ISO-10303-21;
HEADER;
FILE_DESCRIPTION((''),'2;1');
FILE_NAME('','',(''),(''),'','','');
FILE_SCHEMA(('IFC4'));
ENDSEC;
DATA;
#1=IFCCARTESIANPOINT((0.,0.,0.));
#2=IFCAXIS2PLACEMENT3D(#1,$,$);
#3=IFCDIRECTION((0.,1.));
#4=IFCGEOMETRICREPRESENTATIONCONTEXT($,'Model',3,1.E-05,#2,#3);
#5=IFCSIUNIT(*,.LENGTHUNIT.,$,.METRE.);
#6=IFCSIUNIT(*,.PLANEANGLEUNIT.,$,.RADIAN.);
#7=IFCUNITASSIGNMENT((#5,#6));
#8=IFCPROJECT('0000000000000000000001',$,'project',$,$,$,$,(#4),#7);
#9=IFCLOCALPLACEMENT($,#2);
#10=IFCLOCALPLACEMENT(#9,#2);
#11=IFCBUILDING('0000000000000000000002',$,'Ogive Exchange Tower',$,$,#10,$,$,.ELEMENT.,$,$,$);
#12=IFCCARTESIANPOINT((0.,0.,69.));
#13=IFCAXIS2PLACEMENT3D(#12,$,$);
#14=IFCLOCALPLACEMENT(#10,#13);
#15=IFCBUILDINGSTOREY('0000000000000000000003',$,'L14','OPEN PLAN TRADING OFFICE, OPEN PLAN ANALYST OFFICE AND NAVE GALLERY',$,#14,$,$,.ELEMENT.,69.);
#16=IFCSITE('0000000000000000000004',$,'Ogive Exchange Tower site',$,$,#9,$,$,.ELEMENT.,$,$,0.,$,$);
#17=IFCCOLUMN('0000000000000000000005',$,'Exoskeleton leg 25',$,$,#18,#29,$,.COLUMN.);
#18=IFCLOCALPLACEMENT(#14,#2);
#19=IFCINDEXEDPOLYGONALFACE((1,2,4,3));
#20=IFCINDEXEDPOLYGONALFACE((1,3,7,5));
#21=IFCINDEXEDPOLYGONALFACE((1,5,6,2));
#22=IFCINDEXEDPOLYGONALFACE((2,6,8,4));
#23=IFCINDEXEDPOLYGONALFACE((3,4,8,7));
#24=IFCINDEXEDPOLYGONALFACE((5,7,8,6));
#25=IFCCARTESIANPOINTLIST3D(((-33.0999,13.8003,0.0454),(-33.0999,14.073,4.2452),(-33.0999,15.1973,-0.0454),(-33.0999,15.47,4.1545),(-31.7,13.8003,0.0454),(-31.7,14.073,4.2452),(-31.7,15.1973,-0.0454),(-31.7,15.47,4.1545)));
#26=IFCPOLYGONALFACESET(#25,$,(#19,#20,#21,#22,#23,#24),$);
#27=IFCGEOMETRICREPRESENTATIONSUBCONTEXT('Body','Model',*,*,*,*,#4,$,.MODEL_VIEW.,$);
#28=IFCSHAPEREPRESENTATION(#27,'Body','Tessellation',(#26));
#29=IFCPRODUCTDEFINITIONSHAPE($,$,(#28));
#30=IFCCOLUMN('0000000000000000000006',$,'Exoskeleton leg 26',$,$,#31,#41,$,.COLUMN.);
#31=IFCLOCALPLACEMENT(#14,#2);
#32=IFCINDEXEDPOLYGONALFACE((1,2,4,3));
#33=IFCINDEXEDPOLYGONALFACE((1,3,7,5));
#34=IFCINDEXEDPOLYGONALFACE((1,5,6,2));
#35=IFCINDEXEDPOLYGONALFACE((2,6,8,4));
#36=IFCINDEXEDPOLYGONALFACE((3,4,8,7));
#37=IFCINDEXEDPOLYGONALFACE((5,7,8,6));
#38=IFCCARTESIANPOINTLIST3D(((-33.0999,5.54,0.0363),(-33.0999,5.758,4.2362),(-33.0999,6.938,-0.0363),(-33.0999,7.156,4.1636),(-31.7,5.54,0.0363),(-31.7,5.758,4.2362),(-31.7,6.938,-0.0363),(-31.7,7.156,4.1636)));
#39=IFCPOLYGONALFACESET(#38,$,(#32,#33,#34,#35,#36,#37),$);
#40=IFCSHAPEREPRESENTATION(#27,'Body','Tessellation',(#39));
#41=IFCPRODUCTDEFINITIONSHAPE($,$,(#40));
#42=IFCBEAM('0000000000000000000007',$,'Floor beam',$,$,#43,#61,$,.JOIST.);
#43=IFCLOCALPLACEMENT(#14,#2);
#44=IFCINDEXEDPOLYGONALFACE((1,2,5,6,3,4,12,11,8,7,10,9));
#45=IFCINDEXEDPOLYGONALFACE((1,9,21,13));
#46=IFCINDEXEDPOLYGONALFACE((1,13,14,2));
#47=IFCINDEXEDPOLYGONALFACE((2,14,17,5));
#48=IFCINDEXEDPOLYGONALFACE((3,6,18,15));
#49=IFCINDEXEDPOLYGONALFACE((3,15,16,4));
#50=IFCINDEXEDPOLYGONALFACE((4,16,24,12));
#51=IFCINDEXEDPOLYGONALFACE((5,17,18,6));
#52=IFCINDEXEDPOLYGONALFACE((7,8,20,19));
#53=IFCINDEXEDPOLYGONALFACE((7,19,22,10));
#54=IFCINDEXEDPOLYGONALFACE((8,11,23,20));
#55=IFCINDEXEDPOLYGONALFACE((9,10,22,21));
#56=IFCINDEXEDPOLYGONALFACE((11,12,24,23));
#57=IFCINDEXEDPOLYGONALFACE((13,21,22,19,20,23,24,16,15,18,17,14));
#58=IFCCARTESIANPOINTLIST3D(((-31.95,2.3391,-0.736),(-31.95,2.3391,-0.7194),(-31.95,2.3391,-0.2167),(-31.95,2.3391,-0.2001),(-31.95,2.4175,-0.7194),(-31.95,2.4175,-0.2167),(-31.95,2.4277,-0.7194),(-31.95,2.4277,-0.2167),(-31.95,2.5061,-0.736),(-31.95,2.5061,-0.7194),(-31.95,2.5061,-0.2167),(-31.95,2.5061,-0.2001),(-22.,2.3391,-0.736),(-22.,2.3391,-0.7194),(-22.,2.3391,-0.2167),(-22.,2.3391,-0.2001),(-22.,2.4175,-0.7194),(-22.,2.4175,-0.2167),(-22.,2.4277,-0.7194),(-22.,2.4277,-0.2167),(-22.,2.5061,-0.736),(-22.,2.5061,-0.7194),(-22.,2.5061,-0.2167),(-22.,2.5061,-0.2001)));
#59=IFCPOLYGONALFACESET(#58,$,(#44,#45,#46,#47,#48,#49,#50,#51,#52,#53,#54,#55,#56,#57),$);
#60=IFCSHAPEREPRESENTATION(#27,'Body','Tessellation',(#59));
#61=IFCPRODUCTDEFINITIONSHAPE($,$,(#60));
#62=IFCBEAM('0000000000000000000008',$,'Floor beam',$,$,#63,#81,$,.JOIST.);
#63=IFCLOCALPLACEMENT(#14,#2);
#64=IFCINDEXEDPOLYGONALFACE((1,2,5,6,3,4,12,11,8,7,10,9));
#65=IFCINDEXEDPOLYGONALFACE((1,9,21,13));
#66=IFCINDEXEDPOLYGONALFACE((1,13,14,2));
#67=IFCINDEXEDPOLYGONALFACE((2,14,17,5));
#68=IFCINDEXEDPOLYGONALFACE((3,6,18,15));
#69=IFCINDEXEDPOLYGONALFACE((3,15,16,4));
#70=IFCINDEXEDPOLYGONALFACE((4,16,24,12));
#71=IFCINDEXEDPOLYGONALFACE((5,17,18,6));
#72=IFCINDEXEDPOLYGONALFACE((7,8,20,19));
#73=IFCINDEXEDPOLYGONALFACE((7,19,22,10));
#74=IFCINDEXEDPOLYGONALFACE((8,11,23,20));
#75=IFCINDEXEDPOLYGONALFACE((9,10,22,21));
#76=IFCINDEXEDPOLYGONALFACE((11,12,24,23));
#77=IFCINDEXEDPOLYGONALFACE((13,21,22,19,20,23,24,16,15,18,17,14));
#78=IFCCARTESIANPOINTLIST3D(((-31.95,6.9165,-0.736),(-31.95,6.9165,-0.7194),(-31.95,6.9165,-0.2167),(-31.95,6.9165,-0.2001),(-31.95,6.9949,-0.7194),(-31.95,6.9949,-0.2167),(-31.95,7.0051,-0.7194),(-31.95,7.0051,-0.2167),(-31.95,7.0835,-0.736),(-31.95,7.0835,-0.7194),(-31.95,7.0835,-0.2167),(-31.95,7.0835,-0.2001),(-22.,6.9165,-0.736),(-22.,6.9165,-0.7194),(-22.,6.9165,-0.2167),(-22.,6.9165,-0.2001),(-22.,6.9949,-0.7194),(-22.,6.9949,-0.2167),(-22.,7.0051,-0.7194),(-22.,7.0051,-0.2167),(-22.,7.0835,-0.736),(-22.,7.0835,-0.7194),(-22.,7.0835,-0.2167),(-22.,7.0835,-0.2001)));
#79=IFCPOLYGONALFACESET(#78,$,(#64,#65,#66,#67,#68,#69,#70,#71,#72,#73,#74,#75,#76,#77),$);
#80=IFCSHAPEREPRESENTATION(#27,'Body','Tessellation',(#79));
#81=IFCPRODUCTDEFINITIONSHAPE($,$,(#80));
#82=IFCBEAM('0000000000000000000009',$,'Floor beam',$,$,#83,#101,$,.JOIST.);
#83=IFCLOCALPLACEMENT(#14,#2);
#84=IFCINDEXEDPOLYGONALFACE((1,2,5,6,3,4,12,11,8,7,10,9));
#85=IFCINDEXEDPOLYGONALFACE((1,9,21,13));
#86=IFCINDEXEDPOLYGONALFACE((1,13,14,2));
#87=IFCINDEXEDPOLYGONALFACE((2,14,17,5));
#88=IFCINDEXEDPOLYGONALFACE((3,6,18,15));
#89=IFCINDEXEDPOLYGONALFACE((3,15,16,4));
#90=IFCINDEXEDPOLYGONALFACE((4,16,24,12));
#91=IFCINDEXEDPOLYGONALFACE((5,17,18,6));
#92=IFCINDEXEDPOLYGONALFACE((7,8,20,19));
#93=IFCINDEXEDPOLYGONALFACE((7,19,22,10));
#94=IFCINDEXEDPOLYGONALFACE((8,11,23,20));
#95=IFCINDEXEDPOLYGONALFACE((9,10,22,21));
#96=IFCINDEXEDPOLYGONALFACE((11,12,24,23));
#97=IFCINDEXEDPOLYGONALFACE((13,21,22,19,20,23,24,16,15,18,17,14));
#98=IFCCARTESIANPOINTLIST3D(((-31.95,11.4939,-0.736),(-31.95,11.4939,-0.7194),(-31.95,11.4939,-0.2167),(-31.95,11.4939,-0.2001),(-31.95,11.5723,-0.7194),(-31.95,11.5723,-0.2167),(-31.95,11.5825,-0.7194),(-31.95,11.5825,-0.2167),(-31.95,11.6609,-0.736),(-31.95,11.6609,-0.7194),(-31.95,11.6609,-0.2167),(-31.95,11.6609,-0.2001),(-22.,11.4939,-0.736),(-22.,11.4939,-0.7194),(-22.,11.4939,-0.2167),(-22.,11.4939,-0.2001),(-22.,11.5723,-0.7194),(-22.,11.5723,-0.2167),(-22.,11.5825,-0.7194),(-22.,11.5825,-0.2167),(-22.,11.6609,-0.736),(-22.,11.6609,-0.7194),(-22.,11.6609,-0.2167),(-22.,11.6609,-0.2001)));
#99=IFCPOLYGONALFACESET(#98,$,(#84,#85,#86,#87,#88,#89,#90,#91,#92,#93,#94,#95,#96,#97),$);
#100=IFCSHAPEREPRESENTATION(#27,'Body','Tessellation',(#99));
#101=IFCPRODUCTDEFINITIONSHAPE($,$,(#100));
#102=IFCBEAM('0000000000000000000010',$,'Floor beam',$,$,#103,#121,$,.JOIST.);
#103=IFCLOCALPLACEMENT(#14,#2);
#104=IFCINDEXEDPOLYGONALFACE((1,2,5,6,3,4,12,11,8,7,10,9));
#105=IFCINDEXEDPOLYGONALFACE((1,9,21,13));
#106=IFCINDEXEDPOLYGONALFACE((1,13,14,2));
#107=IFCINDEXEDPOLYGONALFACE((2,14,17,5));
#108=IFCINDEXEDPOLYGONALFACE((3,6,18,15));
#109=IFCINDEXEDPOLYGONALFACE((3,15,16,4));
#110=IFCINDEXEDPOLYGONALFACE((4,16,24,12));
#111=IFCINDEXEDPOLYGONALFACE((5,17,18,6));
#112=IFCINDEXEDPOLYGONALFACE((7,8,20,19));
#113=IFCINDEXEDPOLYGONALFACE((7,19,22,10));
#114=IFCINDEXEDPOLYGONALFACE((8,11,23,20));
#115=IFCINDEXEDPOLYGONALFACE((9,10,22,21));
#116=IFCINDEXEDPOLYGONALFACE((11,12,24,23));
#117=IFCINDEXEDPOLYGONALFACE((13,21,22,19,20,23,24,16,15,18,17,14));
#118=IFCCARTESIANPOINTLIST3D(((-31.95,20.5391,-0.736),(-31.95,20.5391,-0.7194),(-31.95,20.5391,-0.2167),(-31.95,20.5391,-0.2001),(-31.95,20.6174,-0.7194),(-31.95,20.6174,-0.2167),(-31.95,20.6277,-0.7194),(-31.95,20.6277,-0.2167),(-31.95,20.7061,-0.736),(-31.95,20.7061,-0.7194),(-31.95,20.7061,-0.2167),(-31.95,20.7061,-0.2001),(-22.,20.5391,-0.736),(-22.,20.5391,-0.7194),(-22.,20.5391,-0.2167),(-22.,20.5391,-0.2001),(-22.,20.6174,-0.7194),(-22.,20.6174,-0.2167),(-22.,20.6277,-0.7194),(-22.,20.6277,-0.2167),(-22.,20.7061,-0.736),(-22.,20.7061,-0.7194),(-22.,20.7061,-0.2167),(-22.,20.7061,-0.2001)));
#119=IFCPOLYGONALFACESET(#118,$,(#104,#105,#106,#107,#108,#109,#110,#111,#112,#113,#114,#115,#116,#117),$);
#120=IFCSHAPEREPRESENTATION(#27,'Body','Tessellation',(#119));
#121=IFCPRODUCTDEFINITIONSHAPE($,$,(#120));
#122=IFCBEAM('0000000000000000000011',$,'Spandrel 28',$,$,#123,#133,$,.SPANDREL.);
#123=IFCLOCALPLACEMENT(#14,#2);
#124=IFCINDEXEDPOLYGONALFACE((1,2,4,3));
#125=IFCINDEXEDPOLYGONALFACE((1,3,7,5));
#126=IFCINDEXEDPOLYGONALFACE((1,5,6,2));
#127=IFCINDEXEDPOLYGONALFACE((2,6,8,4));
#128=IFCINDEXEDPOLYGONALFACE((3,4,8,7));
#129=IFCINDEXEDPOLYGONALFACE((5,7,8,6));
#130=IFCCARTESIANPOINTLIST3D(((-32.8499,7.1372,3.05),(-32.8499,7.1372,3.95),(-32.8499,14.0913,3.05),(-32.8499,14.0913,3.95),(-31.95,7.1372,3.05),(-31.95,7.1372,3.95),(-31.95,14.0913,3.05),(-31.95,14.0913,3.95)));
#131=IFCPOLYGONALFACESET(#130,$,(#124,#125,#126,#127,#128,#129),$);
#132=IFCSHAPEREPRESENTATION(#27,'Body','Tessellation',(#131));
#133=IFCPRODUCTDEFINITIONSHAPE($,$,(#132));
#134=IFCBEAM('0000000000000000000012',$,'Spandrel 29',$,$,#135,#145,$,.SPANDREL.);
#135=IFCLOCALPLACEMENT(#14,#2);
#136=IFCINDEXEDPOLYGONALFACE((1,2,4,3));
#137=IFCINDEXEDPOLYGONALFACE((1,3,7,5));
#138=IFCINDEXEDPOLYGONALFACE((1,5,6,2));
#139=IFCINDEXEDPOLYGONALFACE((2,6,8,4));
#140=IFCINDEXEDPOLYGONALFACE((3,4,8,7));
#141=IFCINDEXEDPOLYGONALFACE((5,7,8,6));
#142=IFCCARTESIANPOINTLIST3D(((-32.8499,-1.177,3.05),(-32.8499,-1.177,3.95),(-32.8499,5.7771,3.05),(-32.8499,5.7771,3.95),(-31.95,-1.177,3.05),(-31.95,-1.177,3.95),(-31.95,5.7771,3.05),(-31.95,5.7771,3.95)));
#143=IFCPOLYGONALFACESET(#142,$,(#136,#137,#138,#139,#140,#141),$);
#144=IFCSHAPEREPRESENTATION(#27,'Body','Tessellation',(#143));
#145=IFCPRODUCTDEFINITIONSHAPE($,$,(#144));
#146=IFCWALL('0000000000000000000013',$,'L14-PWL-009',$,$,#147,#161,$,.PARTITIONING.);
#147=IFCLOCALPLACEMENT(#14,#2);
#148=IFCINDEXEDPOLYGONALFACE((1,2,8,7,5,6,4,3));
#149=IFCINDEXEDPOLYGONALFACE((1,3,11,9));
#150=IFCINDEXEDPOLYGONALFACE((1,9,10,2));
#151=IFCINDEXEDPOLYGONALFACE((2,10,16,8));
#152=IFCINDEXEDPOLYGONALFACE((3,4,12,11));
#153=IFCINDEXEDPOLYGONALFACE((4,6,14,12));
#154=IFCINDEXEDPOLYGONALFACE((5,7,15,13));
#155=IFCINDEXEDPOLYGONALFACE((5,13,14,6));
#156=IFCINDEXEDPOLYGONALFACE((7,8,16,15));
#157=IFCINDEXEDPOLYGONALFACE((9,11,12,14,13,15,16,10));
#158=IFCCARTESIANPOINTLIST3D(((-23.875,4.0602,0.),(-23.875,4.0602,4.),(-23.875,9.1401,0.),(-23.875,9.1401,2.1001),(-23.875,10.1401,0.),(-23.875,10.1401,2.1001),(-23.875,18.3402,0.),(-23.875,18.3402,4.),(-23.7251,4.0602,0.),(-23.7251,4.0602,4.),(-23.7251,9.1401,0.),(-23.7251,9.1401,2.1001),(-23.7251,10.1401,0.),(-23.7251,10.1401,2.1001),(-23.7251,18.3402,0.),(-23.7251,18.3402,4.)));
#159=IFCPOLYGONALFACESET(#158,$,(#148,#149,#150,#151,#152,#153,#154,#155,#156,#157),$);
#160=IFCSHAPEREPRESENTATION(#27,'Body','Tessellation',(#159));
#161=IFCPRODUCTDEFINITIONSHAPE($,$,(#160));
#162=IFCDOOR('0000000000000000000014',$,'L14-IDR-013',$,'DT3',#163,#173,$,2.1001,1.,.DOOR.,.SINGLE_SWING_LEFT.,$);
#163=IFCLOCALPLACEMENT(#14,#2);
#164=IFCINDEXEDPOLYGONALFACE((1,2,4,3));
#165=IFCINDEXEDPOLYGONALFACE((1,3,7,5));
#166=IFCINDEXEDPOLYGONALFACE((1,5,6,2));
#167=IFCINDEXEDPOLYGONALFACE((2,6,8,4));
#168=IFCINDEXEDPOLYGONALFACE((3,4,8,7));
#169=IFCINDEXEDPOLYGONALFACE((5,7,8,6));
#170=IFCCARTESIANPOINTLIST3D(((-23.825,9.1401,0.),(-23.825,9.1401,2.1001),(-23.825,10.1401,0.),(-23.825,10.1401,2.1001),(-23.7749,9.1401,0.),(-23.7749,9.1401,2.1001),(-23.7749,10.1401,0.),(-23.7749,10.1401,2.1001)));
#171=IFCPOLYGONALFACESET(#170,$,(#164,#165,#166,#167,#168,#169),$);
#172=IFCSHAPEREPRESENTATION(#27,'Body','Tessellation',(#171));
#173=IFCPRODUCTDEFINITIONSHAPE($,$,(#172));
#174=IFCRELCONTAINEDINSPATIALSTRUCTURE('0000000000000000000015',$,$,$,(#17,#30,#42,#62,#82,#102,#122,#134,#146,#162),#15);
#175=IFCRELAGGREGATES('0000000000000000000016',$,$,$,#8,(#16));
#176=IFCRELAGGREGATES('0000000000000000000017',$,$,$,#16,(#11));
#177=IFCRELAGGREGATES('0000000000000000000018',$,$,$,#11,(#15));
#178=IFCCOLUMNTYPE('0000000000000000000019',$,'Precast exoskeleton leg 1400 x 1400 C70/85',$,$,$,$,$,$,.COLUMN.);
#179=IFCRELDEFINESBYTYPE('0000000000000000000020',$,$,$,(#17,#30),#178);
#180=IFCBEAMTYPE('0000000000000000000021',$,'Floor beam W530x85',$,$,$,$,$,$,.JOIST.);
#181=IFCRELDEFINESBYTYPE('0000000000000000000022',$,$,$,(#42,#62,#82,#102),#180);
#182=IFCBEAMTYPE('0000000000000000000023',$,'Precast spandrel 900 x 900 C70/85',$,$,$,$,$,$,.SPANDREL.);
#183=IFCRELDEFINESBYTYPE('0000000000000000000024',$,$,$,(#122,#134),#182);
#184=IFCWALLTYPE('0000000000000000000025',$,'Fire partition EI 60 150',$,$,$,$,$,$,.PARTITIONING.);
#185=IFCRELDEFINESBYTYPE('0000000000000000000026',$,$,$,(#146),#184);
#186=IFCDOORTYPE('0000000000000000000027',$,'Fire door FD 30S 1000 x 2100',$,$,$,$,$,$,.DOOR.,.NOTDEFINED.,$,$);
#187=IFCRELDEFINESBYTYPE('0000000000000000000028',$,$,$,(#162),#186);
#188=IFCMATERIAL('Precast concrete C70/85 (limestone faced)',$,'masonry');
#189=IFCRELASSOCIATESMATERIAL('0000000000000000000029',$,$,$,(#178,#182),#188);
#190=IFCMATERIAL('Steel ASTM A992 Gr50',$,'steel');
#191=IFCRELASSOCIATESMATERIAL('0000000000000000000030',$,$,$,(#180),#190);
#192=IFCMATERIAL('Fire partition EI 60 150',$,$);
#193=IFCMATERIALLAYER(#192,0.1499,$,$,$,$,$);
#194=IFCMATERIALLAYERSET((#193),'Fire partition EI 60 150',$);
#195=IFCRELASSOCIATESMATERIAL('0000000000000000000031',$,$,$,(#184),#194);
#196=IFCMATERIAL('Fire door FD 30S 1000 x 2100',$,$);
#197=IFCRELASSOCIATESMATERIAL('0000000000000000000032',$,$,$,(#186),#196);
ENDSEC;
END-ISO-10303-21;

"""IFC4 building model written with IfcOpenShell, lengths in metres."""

from ifc_helpers import new_model, si_unit, direction, frame, frame_2d, origin, origin_2d, place, context, subcontext, project, spatial, rectangle, i_section, extrude, material, layer, layer_set, material_profile, profile_set, type_object, element, fill, save


model = new_model("IFC4")

# Units and contexts
model_context = context("Model", 3, precision=1e-05, world=origin(), true_north=direction((0.0, 1.0)))
body_context = subcontext(model_context, "Body", "Model", "MODEL_VIEW")
ifc_project = project(units=[si_unit("LENGTHUNIT", "METRE"), si_unit("PLANEANGLEUNIT", "RADIAN")], contexts=[model_context])

# Site, building, storey
site_placement = place(None, origin())
site = spatial("IfcSite", under=ifc_project, at=site_placement, Name="Ogive Exchange Tower site", CompositionType="ELEMENT", RefElevation=0.0)
building_placement = place(site_placement, origin())
building = spatial("IfcBuilding", under=site, at=building_placement, Name="Ogive Exchange Tower", CompositionType="ELEMENT")
storey_placement = place(building_placement, frame((0.0, 0.0, 69.0)))
storey = spatial("IfcBuildingStorey", under=building, at=storey_placement, Name="L14", Description="OPEN PLAN TRADING OFFICE, OPEN PLAN ANALYST OFFICE AND NAVE GALLERY", CompositionType="ELEMENT", Elevation=69.0)

# Columns
ifc_material_1 = material(Name="Precast concrete C70/85 (limestone faced)", Category="masonry")
ifc_material_profile_1 = material_profile(ifc_material_1, rectangle(XDim=1.3999, YDim=1.3999, at=origin_2d()), Name="1400 x 1400")
ifc_profile_set_1 = profile_set([ifc_material_profile_1], Name="Precast concrete C70/85 (limestone faced)")
column_type = type_object("IfcColumnType", Name="Precast exoskeleton leg 1400 x 1400 C70/85", PredefinedType="COLUMN", material=ifc_profile_set_1)
column_1_placement = place(storey_placement, frame((-32.3999, 14.4988, 0.0), z_axis=(0.0, 0.064794, 0.997899), x_axis=(-1.0, 0.0, 0.0)))
element("IfcColumn", 1, at=column_1_placement, inside=storey, type_object=column_type, Name="Exoskeleton leg 25", PredefinedType="COLUMN", context=body_context, shape_type="SweptSolid", body=[
    extrude(rectangle(XDim=1.3999, YDim=1.3999, at=origin_2d()), origin(), (0.0, 0.0, 1.0), 4.2087),
])
column_2_placement = place(storey_placement, frame((-32.3999, 6.239, 0.0), z_axis=(0.0, 0.05184, 0.998655), x_axis=(-1.0, 0.0, 0.0)))
element("IfcColumn", 2, at=column_2_placement, inside=storey, type_object=column_type, Name="Exoskeleton leg 26", PredefinedType="COLUMN", context=body_context, shape_type="SweptSolid", body=[
    extrude(rectangle(XDim=1.3999, YDim=1.3999, at=origin_2d()), origin(), (0.0, 0.0, 1.0), 4.2056),
])

# Beams
ifc_material_2 = material(Name="Steel ASTM A992 Gr50", Category="steel")
ifc_material_profile_2 = material_profile(ifc_material_2, i_section(OverallWidth=0.167, OverallDepth=0.5359, WebThickness=0.0103, FlangeThickness=0.0166, at=origin_2d()), Name="W530x85")
ifc_profile_set_2 = profile_set([ifc_material_profile_2], Name="Steel ASTM A992 Gr50")
beam_type_1 = type_object("IfcBeamType", Name="Floor beam W530x85", PredefinedType="JOIST", material=ifc_profile_set_2)
for number, where, z_axis, x_axis, name in (
    (3, (-31.95, 2.4226, -0.468), (1.0, 0.0, 0.0), (0.0, 1.0, 0.0), "Floor beam"),
    (4, (-31.95, 7.0, -0.468), (1.0, 0.0, 0.0), (0.0, 1.0, 0.0), "Floor beam"),
    (5, (-31.95, 11.5774, -0.468), (1.0, 0.0, 0.0), (0.0, 1.0, 0.0), "Floor beam"),
    (6, (-31.95, 20.6226, -0.468), (1.0, 0.0, 0.0), (0.0, 1.0, 0.0), "Floor beam"),
):
    element("IfcBeam", number, at=place(storey_placement, frame(where, z_axis=z_axis, x_axis=x_axis)), inside=storey, type_object=beam_type_1, Name=name, PredefinedType="JOIST", context=body_context, shape_type="SweptSolid", body=[
        extrude(i_section(OverallWidth=0.167, OverallDepth=0.5359, WebThickness=0.0103, FlangeThickness=0.0166, at=origin_2d()), origin(), (0.0, 0.0, 1.0), 9.95),
    ])
ifc_material_profile_3 = material_profile(ifc_material_1, rectangle(XDim=0.8999, YDim=0.8999, at=origin_2d()), Name="900 x 900")
ifc_profile_set_3 = profile_set([ifc_material_profile_3], Name="Precast concrete C70/85 (limestone faced)")
beam_type_2 = type_object("IfcBeamType", Name="Precast spandrel 900 x 900 C70/85", PredefinedType="SPANDREL", material=ifc_profile_set_3)
for number, where, z_axis, x_axis, name in (
    (7, (-32.3999, 14.0913, 3.5), (0.0, -1.0, 0.0), (1.0, 0.0, 0.0), "Spandrel 28"),
    (8, (-32.3999, 5.7771, 3.5), (0.0, -1.0, 0.0), (1.0, 0.0, 0.0), "Spandrel 29"),
):
    element("IfcBeam", number, at=place(storey_placement, frame(where, z_axis=z_axis, x_axis=x_axis)), inside=storey, type_object=beam_type_2, Name=name, PredefinedType="SPANDREL", context=body_context, shape_type="SweptSolid", body=[
        extrude(rectangle(XDim=0.8999, YDim=0.8999, at=origin_2d()), origin(), (0.0, 0.0, 1.0), 6.9541),
    ])

# Wall, opening, door
ifc_material_3 = material(Name="Fire partition EI 60 150")
ifc_layer_1 = layer(ifc_material_3, 0.1499)
ifc_layer_set_1 = layer_set([ifc_layer_1], Name="Fire partition EI 60 150")
wall_type_1 = type_object("IfcWallType", Name="Fire partition EI 60 150", PredefinedType="PARTITIONING", material=ifc_layer_set_1)
wall_1_placement = place(storey_placement, frame((-23.8, 4.0601, 0.0), z_axis=(0.0, 0.0, 1.0), x_axis=(0.0, 1.0, 0.0)))
wall_1 = element("IfcWall", 9, at=wall_1_placement, inside=storey, type_object=wall_type_1, Name="L14-PWL-009", PredefinedType="PARTITIONING", context=body_context, shape_type="SweptSolid", body=[
    extrude(rectangle(XDim=14.28, YDim=0.1499, at=frame_2d((7.1401, 0.0))), origin(), (0.0, 0.0, 1.0), 4.0),
])
opening_1_placement = place(wall_1_placement, frame((5.0801, 0.0, 0.0)))
opening_1 = element("IfcOpeningElement", 10, at=opening_1_placement, cuts=wall_1, PredefinedType="OPENING", context=body_context, shape_type="SweptSolid", body=[
    extrude(rectangle(XDim=1.0, YDim=2.1001, at=frame_2d((0.5, 1.05))), frame((0.0, 0.085, 0.0), z_axis=(0.0, -1.0, 0.0), x_axis=(1.0, 0.0, 0.0)), (0.0, 0.0, 1.0), 0.1699),
])
ifc_material_4 = material(Name="Fire door FD 30S 1000 x 2100")
door_type = type_object("IfcDoorType", Name="Fire door FD 30S 1000 x 2100", OperationType="NOTDEFINED", PredefinedType="DOOR", material=ifc_material_4)
door_1_placement = place(opening_1_placement, origin())
door_1 = element("IfcDoor", 11, at=door_1_placement, inside=storey, type_object=door_type, Name="L14-IDR-013", ObjectType="DT3", OperationType="SINGLE_SWING_LEFT", OverallHeight=2.1001, OverallWidth=1.0, PredefinedType="DOOR", context=body_context, shape_type="SweptSolid", body=[
    extrude(rectangle(XDim=1.0, YDim=2.1001, at=frame_2d((0.5, 1.05))), frame((0.0, 0.0249, 0.0), z_axis=(0.0, -1.0, 0.0), x_axis=(1.0, 0.0, 0.0)), (0.0, 0.0, 1.0), 0.05),
])
fill(opening_1, door_1)

save(model, "model.ifc")
